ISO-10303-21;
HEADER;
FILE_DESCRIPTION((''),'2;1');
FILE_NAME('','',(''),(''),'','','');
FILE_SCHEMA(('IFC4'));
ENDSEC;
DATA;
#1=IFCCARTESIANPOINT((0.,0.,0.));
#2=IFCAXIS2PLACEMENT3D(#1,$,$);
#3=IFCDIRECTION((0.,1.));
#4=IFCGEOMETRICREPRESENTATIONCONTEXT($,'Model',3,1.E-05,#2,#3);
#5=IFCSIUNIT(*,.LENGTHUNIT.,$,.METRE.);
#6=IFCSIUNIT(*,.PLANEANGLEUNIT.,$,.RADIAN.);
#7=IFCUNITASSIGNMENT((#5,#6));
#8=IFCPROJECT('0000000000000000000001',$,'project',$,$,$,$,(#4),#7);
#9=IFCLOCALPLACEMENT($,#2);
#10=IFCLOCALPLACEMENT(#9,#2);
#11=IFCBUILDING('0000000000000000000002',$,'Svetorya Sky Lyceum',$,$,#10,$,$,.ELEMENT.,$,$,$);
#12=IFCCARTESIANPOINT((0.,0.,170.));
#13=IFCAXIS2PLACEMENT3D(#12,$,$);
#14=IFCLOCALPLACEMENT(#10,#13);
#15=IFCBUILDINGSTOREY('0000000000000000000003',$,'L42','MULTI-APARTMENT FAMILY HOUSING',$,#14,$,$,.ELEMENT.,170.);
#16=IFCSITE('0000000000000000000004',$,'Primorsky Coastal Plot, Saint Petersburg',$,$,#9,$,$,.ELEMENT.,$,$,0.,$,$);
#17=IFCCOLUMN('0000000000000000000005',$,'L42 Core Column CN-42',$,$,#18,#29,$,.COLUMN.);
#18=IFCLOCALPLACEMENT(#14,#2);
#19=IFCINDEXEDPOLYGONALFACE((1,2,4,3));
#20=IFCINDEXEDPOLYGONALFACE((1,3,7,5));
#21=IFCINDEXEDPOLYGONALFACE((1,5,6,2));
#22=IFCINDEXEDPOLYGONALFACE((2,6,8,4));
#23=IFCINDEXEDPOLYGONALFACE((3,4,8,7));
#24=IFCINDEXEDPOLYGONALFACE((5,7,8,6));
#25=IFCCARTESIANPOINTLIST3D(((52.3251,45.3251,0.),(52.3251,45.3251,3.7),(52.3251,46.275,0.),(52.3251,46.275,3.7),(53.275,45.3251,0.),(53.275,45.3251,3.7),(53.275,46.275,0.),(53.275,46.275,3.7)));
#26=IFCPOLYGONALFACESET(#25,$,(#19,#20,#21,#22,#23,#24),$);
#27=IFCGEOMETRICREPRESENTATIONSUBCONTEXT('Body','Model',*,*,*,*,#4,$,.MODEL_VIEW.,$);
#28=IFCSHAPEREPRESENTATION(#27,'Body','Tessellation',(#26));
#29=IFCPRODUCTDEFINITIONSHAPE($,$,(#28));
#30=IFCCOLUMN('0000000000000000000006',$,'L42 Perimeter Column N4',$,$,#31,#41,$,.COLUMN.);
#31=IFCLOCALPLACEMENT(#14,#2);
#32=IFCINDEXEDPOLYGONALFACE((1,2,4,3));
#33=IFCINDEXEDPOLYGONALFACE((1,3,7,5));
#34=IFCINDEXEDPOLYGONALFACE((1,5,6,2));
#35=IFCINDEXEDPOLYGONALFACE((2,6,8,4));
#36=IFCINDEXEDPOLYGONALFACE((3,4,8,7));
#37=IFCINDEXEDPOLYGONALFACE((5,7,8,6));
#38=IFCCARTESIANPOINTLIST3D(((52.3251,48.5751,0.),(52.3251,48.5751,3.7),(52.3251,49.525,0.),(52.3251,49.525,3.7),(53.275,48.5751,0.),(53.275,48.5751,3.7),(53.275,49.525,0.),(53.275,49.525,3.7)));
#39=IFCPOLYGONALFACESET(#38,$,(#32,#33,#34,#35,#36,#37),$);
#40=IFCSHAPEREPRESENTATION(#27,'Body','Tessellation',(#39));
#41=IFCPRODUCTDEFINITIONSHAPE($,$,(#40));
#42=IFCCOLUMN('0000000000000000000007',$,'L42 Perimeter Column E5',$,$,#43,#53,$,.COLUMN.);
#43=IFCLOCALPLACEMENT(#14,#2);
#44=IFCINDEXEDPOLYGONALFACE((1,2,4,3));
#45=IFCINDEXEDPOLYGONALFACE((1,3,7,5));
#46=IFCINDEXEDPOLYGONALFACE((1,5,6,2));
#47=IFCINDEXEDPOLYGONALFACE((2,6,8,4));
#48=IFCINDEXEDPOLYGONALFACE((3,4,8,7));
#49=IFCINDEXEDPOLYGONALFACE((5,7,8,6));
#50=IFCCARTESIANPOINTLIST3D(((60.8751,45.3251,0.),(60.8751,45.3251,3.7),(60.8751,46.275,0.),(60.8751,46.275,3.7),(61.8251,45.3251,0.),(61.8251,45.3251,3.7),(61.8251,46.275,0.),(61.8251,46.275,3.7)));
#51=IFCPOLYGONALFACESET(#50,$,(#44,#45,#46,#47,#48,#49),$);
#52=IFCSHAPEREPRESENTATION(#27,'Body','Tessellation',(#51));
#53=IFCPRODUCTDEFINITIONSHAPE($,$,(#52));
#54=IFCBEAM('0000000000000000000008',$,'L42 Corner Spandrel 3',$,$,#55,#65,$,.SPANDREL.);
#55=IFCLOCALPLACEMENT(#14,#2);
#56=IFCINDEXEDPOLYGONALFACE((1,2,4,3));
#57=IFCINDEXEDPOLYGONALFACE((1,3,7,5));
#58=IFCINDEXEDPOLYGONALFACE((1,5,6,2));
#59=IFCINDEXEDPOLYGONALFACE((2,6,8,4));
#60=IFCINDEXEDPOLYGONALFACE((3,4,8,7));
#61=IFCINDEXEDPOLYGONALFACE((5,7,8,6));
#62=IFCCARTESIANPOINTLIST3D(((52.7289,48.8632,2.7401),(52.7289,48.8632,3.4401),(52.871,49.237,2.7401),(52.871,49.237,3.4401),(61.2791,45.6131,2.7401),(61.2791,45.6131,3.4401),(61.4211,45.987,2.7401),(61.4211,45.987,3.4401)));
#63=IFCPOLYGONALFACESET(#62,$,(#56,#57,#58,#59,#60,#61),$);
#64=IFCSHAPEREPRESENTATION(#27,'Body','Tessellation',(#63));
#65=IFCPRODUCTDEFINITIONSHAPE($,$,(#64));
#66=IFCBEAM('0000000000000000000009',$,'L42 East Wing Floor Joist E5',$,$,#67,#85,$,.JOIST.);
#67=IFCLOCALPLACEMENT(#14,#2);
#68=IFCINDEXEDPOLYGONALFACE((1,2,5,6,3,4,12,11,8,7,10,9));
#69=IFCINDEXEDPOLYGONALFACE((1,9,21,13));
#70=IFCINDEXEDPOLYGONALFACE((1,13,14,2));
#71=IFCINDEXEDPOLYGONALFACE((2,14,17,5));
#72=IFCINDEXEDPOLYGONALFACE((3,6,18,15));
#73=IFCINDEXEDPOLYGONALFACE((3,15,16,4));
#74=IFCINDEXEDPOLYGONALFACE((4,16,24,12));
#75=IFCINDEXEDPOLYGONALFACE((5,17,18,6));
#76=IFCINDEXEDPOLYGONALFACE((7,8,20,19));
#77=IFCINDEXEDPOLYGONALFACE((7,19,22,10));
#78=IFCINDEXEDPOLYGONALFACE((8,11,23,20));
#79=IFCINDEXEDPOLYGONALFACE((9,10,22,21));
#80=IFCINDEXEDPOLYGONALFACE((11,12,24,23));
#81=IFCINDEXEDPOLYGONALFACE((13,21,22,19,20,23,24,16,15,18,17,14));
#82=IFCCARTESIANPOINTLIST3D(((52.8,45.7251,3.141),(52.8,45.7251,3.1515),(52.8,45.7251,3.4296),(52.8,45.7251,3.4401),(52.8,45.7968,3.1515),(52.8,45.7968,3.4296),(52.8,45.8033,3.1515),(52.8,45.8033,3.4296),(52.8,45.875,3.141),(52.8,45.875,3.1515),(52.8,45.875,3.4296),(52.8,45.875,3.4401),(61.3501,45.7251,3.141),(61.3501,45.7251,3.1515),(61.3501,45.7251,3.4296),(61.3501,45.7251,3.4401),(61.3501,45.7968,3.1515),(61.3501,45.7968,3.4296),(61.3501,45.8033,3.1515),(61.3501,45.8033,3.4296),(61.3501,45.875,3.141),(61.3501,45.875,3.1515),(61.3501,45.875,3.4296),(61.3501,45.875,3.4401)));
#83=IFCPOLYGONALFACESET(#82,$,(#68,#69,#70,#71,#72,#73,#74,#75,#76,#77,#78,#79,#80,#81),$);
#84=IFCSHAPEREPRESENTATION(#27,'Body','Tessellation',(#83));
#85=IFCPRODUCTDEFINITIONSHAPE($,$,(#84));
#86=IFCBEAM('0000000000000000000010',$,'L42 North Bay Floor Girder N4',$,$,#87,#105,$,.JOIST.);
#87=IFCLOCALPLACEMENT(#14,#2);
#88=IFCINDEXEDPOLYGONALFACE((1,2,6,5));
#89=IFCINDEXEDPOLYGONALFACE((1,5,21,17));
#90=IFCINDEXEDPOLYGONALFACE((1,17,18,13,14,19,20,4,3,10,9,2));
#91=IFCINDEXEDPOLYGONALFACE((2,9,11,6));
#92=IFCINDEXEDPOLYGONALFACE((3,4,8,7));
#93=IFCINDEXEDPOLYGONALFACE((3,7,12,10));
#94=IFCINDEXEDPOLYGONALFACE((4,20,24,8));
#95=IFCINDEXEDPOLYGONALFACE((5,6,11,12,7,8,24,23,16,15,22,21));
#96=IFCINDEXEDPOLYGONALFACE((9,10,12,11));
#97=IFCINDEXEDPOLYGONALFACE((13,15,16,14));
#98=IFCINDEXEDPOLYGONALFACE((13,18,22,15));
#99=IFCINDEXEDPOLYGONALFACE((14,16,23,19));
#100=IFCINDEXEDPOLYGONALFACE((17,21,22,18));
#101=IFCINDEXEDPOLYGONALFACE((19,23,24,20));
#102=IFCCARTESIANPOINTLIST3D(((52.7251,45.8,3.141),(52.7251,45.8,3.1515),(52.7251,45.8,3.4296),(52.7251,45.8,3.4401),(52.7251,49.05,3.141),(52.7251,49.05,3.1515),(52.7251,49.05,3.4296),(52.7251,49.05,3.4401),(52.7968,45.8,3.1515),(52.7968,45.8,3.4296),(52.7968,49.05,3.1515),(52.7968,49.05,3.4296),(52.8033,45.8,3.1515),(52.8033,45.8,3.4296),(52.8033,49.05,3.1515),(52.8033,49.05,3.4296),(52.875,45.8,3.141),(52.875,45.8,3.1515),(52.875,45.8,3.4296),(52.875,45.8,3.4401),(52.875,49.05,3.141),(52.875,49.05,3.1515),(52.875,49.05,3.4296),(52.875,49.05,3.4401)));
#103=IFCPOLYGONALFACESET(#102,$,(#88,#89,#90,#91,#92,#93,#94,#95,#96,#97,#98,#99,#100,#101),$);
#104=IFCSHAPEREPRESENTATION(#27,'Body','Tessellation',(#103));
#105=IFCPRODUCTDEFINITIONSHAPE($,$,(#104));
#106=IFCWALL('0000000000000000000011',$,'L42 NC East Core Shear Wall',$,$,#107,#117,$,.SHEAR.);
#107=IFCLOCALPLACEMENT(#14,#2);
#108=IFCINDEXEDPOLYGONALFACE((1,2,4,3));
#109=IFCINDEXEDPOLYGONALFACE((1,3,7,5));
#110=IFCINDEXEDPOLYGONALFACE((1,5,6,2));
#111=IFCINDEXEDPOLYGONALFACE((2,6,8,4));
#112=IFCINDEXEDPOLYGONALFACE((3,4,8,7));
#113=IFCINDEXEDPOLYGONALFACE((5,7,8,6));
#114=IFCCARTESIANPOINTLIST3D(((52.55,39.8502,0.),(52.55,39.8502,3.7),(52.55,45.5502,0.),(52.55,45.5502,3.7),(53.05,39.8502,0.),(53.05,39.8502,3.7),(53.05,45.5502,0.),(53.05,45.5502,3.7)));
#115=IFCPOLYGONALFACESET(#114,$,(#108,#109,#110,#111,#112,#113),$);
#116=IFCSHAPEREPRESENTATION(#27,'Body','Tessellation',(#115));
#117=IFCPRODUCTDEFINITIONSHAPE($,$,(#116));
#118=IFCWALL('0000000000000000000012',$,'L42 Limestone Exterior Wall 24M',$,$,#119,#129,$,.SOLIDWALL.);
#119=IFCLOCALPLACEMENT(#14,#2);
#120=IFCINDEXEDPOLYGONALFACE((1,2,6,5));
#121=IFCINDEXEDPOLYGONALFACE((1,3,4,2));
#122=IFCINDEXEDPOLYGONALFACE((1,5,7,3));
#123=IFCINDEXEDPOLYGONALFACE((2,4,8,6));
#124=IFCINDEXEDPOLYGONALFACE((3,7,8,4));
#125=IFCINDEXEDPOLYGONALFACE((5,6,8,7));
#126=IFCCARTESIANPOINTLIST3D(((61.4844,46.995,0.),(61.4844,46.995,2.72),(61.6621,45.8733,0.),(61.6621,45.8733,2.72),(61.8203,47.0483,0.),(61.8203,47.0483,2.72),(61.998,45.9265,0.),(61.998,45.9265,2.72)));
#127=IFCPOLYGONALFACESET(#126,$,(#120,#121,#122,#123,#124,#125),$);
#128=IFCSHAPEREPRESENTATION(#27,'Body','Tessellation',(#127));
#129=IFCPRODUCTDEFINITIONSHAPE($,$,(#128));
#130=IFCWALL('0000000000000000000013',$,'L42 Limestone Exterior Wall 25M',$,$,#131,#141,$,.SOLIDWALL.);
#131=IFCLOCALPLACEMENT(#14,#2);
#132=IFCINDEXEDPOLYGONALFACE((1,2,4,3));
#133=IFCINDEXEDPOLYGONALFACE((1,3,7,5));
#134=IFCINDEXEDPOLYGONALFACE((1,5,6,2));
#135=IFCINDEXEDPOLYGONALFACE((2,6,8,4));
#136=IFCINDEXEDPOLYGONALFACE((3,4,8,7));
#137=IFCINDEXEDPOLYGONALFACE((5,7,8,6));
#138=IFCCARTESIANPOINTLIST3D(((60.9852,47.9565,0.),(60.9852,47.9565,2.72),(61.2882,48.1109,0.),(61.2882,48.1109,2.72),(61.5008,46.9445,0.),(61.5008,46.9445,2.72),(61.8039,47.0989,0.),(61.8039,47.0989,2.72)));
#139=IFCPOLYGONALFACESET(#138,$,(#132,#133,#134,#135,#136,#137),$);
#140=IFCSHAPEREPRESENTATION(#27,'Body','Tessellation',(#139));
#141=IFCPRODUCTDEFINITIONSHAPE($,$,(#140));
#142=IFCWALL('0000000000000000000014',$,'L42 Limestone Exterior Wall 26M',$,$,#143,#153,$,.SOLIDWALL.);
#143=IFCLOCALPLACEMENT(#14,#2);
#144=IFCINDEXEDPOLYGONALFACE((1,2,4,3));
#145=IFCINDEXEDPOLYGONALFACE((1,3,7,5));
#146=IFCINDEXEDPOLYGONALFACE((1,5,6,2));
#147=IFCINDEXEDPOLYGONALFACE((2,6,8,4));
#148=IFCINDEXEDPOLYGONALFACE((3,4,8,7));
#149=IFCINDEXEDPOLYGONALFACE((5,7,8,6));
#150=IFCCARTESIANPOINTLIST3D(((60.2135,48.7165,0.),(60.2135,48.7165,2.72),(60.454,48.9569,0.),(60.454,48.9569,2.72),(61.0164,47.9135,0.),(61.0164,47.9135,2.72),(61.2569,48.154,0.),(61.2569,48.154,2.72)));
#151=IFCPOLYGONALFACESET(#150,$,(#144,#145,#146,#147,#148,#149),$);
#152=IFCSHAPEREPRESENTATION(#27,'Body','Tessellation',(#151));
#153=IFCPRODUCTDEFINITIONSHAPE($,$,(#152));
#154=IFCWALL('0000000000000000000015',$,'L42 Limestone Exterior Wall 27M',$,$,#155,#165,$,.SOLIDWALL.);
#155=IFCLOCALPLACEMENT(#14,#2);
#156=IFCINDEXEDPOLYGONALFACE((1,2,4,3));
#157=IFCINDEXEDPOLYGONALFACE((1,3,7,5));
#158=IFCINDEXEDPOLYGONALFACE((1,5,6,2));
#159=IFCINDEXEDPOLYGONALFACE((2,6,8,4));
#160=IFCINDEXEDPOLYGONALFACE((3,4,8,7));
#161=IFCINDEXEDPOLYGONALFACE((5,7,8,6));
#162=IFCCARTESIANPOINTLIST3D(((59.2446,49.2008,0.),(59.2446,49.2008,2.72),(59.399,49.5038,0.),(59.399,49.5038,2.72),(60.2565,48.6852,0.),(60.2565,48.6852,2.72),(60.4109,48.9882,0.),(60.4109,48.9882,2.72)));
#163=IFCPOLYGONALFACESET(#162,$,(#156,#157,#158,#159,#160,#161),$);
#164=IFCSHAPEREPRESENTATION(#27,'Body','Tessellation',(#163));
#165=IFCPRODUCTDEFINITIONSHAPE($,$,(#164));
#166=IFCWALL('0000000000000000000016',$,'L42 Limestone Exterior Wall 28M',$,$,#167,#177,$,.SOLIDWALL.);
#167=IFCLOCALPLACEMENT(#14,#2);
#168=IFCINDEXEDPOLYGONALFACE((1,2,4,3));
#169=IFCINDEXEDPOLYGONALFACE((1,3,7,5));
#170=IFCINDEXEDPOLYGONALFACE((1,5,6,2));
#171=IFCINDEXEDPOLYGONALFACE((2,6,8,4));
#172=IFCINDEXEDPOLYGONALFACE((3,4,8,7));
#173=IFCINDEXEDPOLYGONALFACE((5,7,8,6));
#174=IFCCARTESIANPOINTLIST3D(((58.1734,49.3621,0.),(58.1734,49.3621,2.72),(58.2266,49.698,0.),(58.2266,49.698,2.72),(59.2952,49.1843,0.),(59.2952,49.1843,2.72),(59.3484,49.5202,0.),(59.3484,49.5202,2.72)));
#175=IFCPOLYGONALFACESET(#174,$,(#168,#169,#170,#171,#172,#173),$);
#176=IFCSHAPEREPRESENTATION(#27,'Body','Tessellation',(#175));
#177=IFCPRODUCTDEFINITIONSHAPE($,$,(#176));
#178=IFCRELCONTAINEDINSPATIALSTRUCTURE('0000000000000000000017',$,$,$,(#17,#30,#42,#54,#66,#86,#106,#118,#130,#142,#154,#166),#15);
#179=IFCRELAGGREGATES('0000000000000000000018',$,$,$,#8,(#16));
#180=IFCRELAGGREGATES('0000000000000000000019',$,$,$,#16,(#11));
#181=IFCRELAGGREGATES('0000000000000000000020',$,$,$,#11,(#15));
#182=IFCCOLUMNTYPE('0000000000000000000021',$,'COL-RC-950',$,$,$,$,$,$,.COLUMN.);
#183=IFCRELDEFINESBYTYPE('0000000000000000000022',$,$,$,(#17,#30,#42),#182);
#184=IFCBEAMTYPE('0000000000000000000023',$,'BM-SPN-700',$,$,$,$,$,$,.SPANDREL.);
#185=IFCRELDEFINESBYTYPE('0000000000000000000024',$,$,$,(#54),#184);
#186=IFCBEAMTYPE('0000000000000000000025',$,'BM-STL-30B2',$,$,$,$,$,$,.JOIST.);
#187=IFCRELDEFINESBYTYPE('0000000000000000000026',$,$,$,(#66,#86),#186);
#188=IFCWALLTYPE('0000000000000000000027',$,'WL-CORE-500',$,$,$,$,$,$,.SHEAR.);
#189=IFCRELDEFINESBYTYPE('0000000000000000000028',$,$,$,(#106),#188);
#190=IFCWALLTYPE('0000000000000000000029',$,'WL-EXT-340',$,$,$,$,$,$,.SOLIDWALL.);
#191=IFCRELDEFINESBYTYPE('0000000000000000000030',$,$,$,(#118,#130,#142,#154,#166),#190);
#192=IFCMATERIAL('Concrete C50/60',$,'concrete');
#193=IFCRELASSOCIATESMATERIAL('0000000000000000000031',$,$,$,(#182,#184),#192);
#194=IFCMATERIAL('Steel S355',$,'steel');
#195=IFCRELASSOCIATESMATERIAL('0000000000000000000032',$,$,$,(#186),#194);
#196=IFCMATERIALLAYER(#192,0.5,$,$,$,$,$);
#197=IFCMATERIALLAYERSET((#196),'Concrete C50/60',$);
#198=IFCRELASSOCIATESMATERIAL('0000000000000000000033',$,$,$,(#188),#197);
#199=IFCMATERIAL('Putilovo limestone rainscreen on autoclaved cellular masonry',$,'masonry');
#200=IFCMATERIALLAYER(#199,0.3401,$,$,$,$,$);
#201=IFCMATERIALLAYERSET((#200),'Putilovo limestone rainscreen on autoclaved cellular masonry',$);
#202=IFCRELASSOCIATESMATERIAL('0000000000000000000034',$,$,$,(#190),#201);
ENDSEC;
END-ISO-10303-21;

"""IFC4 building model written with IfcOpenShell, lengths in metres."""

from ifc_helpers import new_model, si_unit, direction, frame, frame_2d, origin, origin_2d, place, context, subcontext, project, spatial, rectangle, i_section, extrude, material, layer, layer_set, material_profile, profile_set, type_object, element, save


model = new_model("IFC4")

# Units and contexts
model_context = context("Model", 3, precision=1e-05, world=origin(), true_north=direction((0.0, 1.0)))
body_context = subcontext(model_context, "Body", "Model", "MODEL_VIEW")
ifc_project = project(units=[si_unit("LENGTHUNIT", "METRE"), si_unit("PLANEANGLEUNIT", "RADIAN")], contexts=[model_context])

# Site, building, storey
site_placement = place(None, origin())
site = spatial("IfcSite", under=ifc_project, at=site_placement, Name="Primorsky Coastal Plot, Saint Petersburg", CompositionType="ELEMENT", RefElevation=0.0)
building_placement = place(site_placement, origin())
building = spatial("IfcBuilding", under=site, at=building_placement, Name="Svetorya Sky Lyceum", CompositionType="ELEMENT")
storey_placement = place(building_placement, frame((0.0, 0.0, 170.0)))
storey = spatial("IfcBuildingStorey", under=building, at=storey_placement, Name="L42", Description="MULTI-APARTMENT FAMILY HOUSING", CompositionType="ELEMENT", Elevation=170.0)

# Columns
ifc_material_1 = material(Name="Concrete C50/60", Category="concrete")
ifc_material_profile_1 = material_profile(ifc_material_1, rectangle(XDim=0.95, YDim=0.95, at=origin_2d()), Name="RC COL 950x950")
ifc_profile_set_1 = profile_set([ifc_material_profile_1], Name="Concrete C50/60")
column_type = type_object("IfcColumnType", Name="COL-RC-950", PredefinedType="COLUMN", material=ifc_profile_set_1)
for number, where, z_axis, x_axis, name in (
    (1, (52.8, 45.8, 0.0), (0.0, 0.0, 1.0), (1.0, 0.0, 0.0), "L42 Core Column CN-42"),
    (2, (52.8, 49.05, 0.0), (0.0, 0.0, 1.0), (1.0, 0.0, 0.0), "L42 Perimeter Column N4"),
    (3, (61.3501, 45.8, 0.0), (0.0, 0.0, 1.0), (1.0, 0.0, 0.0), "L42 Perimeter Column E5"),
):
    element("IfcColumn", number, at=place(storey_placement, frame(where, z_axis=z_axis, x_axis=x_axis)), inside=storey, type_object=column_type, Name=name, PredefinedType="COLUMN", context=body_context, shape_type="SweptSolid", body=[
        extrude(rectangle(XDim=0.95, YDim=0.95, at=origin_2d()), origin(), (0.0, 0.0, 1.0), 3.7),
    ])

# Beams
ifc_material_profile_2 = material_profile(ifc_material_1, rectangle(XDim=0.3999, YDim=0.7, at=origin_2d()), Name="RC SPANDREL 400x700")
ifc_profile_set_2 = profile_set([ifc_material_profile_2], Name="Concrete C50/60")
beam_type_1 = type_object("IfcBeamType", Name="BM-SPN-700", PredefinedType="SPANDREL", material=ifc_profile_set_2)
beam_1_placement = place(storey_placement, frame((61.3501, 45.8, 3.0901), z_axis=(-0.934748, 0.355312, 0.0), x_axis=(-0.355312, -0.934748, 0.0)))
element("IfcBeam", 4, at=beam_1_placement, inside=storey, type_object=beam_type_1, Name="L42 Corner Spandrel 3", PredefinedType="SPANDREL", context=body_context, shape_type="SweptSolid", body=[
    extrude(rectangle(XDim=0.3999, YDim=0.7, at=origin_2d()), origin(), (0.0, 0.0, 1.0), 9.147),
])
ifc_material_2 = material(Name="Steel S355", Category="steel")
ifc_material_profile_3 = material_profile(ifc_material_2, i_section(OverallWidth=0.1499, OverallDepth=0.2991, WebThickness=0.0066, FlangeThickness=0.0105, at=origin_2d()), Name="GOST 30B2")
ifc_profile_set_3 = profile_set([ifc_material_profile_3], Name="Steel S355")
beam_type_2 = type_object("IfcBeamType", Name="BM-STL-30B2", PredefinedType="JOIST", material=ifc_profile_set_3)
beam_2_placement = place(storey_placement, frame((52.8, 45.8, 3.2905), z_axis=(1.0, 0.0, 0.0), x_axis=(0.0, 1.0, 0.0)))
element("IfcBeam", 5, at=beam_2_placement, inside=storey, type_object=beam_type_2, Name="L42 East Wing Floor Joist E5", PredefinedType="JOIST", context=body_context, shape_type="SweptSolid", body=[
    extrude(i_section(OverallWidth=0.1499, OverallDepth=0.2991, WebThickness=0.0066, FlangeThickness=0.0105, at=origin_2d()), origin(), (0.0, 0.0, 1.0), 8.55),
])
beam_3_placement = place(storey_placement, frame((52.8, 45.8, 3.2905), z_axis=(0.0, 1.0, 0.0), x_axis=(-1.0, 0.0, 0.0)))
element("IfcBeam", 6, at=beam_3_placement, inside=storey, type_object=beam_type_2, Name="L42 North Bay Floor Girder N4", PredefinedType="JOIST", context=body_context, shape_type="SweptSolid", body=[
    extrude(i_section(OverallWidth=0.1499, OverallDepth=0.2991, WebThickness=0.0066, FlangeThickness=0.0105, at=origin_2d()), origin(), (0.0, 0.0, 1.0), 3.25),
])

# Walls
ifc_layer_1 = layer(ifc_material_1, 0.5)
ifc_layer_set_1 = layer_set([ifc_layer_1], Name="Concrete C50/60")
wall_type_1 = type_object("IfcWallType", Name="WL-CORE-500", PredefinedType="SHEAR", material=ifc_layer_set_1)
wall_1_placement = place(storey_placement, frame((52.8, 39.8501, 0.0), z_axis=(0.0, 0.0, 1.0), x_axis=(0.0, 1.0, 0.0)))
element("IfcWall", 7, at=wall_1_placement, inside=storey, type_object=wall_type_1, Name="L42 NC East Core Shear Wall", PredefinedType="SHEAR", context=body_context, shape_type="SweptSolid", body=[
    extrude(rectangle(XDim=5.7, YDim=0.5, at=frame_2d((2.8501, 0.0))), origin(), (0.0, 0.0, 1.0), 3.7),
])
ifc_material_3 = material(Name="Putilovo limestone rainscreen on autoclaved cellular masonry", Category="masonry")
ifc_layer_2 = layer(ifc_material_3, 0.3401)
ifc_layer_set_2 = layer_set([ifc_layer_2], Name="Putilovo limestone rainscreen on autoclaved cellular masonry")
wall_type_2 = type_object("IfcWallType", Name="WL-EXT-340", PredefinedType="SOLIDWALL", material=ifc_layer_set_2)
for number, where, z_axis, x_axis, name in (
    (8, (61.8301, 45.8999, 0.0), (0.0, 0.0, 1.0), (-0.156481, 0.987681, 0.0), "L42 Limestone Exterior Wall 24M"),
    (9, (61.6523, 47.0217, 0.0), (0.0, 0.0, 1.0), (-0.453993, 0.891005, 0.0), "L42 Limestone Exterior Wall 25M"),
):
    element("IfcWall", number, at=place(storey_placement, frame(where, z_axis=z_axis, x_axis=x_axis)), inside=storey, type_object=wall_type_2, Name=name, PredefinedType="SOLIDWALL", context=body_context, shape_type="SweptSolid", body=[
        extrude(rectangle(XDim=1.1357, YDim=0.3401, at=frame_2d((0.5679, 0.0))), origin(), (0.0, 0.0, 1.0), 2.72),
    ])
wall_2_placement = place(storey_placement, frame((61.1367, 48.0337, 0.0), z_axis=(0.0, 0.0, 1.0), x_axis=(-0.707107, 0.707107, 0.0)))
element("IfcWall", 10, at=wall_2_placement, inside=storey, type_object=wall_type_2, Name="L42 Limestone Exterior Wall 26M", PredefinedType="SOLIDWALL", context=body_context, shape_type="SweptSolid", body=[
    extrude(rectangle(XDim=1.1355, YDim=0.3401, at=frame_2d((0.5679, 0.0))), origin(), (0.0, 0.0, 1.0), 2.72),
])
for number, where, z_axis, x_axis, name in (
    (11, (60.3337, 48.8367, 0.0), (0.0, 0.0, 1.0), (-0.891005, 0.453993, 0.0), "L42 Limestone Exterior Wall 27M"),
    (12, (59.3218, 49.3523, 0.0), (0.0, 0.0, 1.0), (-0.987681, 0.156481, 0.0), "L42 Limestone Exterior Wall 28M"),
):
    element("IfcWall", number, at=place(storey_placement, frame(where, z_axis=z_axis, x_axis=x_axis)), inside=storey, type_object=wall_type_2, Name=name, PredefinedType="SOLIDWALL", context=body_context, shape_type="SweptSolid", body=[
        extrude(rectangle(XDim=1.1357, YDim=0.3401, at=frame_2d((0.5679, 0.0))), origin(), (0.0, 0.0, 1.0), 2.72),
    ])

save(model, "model.ifc")
